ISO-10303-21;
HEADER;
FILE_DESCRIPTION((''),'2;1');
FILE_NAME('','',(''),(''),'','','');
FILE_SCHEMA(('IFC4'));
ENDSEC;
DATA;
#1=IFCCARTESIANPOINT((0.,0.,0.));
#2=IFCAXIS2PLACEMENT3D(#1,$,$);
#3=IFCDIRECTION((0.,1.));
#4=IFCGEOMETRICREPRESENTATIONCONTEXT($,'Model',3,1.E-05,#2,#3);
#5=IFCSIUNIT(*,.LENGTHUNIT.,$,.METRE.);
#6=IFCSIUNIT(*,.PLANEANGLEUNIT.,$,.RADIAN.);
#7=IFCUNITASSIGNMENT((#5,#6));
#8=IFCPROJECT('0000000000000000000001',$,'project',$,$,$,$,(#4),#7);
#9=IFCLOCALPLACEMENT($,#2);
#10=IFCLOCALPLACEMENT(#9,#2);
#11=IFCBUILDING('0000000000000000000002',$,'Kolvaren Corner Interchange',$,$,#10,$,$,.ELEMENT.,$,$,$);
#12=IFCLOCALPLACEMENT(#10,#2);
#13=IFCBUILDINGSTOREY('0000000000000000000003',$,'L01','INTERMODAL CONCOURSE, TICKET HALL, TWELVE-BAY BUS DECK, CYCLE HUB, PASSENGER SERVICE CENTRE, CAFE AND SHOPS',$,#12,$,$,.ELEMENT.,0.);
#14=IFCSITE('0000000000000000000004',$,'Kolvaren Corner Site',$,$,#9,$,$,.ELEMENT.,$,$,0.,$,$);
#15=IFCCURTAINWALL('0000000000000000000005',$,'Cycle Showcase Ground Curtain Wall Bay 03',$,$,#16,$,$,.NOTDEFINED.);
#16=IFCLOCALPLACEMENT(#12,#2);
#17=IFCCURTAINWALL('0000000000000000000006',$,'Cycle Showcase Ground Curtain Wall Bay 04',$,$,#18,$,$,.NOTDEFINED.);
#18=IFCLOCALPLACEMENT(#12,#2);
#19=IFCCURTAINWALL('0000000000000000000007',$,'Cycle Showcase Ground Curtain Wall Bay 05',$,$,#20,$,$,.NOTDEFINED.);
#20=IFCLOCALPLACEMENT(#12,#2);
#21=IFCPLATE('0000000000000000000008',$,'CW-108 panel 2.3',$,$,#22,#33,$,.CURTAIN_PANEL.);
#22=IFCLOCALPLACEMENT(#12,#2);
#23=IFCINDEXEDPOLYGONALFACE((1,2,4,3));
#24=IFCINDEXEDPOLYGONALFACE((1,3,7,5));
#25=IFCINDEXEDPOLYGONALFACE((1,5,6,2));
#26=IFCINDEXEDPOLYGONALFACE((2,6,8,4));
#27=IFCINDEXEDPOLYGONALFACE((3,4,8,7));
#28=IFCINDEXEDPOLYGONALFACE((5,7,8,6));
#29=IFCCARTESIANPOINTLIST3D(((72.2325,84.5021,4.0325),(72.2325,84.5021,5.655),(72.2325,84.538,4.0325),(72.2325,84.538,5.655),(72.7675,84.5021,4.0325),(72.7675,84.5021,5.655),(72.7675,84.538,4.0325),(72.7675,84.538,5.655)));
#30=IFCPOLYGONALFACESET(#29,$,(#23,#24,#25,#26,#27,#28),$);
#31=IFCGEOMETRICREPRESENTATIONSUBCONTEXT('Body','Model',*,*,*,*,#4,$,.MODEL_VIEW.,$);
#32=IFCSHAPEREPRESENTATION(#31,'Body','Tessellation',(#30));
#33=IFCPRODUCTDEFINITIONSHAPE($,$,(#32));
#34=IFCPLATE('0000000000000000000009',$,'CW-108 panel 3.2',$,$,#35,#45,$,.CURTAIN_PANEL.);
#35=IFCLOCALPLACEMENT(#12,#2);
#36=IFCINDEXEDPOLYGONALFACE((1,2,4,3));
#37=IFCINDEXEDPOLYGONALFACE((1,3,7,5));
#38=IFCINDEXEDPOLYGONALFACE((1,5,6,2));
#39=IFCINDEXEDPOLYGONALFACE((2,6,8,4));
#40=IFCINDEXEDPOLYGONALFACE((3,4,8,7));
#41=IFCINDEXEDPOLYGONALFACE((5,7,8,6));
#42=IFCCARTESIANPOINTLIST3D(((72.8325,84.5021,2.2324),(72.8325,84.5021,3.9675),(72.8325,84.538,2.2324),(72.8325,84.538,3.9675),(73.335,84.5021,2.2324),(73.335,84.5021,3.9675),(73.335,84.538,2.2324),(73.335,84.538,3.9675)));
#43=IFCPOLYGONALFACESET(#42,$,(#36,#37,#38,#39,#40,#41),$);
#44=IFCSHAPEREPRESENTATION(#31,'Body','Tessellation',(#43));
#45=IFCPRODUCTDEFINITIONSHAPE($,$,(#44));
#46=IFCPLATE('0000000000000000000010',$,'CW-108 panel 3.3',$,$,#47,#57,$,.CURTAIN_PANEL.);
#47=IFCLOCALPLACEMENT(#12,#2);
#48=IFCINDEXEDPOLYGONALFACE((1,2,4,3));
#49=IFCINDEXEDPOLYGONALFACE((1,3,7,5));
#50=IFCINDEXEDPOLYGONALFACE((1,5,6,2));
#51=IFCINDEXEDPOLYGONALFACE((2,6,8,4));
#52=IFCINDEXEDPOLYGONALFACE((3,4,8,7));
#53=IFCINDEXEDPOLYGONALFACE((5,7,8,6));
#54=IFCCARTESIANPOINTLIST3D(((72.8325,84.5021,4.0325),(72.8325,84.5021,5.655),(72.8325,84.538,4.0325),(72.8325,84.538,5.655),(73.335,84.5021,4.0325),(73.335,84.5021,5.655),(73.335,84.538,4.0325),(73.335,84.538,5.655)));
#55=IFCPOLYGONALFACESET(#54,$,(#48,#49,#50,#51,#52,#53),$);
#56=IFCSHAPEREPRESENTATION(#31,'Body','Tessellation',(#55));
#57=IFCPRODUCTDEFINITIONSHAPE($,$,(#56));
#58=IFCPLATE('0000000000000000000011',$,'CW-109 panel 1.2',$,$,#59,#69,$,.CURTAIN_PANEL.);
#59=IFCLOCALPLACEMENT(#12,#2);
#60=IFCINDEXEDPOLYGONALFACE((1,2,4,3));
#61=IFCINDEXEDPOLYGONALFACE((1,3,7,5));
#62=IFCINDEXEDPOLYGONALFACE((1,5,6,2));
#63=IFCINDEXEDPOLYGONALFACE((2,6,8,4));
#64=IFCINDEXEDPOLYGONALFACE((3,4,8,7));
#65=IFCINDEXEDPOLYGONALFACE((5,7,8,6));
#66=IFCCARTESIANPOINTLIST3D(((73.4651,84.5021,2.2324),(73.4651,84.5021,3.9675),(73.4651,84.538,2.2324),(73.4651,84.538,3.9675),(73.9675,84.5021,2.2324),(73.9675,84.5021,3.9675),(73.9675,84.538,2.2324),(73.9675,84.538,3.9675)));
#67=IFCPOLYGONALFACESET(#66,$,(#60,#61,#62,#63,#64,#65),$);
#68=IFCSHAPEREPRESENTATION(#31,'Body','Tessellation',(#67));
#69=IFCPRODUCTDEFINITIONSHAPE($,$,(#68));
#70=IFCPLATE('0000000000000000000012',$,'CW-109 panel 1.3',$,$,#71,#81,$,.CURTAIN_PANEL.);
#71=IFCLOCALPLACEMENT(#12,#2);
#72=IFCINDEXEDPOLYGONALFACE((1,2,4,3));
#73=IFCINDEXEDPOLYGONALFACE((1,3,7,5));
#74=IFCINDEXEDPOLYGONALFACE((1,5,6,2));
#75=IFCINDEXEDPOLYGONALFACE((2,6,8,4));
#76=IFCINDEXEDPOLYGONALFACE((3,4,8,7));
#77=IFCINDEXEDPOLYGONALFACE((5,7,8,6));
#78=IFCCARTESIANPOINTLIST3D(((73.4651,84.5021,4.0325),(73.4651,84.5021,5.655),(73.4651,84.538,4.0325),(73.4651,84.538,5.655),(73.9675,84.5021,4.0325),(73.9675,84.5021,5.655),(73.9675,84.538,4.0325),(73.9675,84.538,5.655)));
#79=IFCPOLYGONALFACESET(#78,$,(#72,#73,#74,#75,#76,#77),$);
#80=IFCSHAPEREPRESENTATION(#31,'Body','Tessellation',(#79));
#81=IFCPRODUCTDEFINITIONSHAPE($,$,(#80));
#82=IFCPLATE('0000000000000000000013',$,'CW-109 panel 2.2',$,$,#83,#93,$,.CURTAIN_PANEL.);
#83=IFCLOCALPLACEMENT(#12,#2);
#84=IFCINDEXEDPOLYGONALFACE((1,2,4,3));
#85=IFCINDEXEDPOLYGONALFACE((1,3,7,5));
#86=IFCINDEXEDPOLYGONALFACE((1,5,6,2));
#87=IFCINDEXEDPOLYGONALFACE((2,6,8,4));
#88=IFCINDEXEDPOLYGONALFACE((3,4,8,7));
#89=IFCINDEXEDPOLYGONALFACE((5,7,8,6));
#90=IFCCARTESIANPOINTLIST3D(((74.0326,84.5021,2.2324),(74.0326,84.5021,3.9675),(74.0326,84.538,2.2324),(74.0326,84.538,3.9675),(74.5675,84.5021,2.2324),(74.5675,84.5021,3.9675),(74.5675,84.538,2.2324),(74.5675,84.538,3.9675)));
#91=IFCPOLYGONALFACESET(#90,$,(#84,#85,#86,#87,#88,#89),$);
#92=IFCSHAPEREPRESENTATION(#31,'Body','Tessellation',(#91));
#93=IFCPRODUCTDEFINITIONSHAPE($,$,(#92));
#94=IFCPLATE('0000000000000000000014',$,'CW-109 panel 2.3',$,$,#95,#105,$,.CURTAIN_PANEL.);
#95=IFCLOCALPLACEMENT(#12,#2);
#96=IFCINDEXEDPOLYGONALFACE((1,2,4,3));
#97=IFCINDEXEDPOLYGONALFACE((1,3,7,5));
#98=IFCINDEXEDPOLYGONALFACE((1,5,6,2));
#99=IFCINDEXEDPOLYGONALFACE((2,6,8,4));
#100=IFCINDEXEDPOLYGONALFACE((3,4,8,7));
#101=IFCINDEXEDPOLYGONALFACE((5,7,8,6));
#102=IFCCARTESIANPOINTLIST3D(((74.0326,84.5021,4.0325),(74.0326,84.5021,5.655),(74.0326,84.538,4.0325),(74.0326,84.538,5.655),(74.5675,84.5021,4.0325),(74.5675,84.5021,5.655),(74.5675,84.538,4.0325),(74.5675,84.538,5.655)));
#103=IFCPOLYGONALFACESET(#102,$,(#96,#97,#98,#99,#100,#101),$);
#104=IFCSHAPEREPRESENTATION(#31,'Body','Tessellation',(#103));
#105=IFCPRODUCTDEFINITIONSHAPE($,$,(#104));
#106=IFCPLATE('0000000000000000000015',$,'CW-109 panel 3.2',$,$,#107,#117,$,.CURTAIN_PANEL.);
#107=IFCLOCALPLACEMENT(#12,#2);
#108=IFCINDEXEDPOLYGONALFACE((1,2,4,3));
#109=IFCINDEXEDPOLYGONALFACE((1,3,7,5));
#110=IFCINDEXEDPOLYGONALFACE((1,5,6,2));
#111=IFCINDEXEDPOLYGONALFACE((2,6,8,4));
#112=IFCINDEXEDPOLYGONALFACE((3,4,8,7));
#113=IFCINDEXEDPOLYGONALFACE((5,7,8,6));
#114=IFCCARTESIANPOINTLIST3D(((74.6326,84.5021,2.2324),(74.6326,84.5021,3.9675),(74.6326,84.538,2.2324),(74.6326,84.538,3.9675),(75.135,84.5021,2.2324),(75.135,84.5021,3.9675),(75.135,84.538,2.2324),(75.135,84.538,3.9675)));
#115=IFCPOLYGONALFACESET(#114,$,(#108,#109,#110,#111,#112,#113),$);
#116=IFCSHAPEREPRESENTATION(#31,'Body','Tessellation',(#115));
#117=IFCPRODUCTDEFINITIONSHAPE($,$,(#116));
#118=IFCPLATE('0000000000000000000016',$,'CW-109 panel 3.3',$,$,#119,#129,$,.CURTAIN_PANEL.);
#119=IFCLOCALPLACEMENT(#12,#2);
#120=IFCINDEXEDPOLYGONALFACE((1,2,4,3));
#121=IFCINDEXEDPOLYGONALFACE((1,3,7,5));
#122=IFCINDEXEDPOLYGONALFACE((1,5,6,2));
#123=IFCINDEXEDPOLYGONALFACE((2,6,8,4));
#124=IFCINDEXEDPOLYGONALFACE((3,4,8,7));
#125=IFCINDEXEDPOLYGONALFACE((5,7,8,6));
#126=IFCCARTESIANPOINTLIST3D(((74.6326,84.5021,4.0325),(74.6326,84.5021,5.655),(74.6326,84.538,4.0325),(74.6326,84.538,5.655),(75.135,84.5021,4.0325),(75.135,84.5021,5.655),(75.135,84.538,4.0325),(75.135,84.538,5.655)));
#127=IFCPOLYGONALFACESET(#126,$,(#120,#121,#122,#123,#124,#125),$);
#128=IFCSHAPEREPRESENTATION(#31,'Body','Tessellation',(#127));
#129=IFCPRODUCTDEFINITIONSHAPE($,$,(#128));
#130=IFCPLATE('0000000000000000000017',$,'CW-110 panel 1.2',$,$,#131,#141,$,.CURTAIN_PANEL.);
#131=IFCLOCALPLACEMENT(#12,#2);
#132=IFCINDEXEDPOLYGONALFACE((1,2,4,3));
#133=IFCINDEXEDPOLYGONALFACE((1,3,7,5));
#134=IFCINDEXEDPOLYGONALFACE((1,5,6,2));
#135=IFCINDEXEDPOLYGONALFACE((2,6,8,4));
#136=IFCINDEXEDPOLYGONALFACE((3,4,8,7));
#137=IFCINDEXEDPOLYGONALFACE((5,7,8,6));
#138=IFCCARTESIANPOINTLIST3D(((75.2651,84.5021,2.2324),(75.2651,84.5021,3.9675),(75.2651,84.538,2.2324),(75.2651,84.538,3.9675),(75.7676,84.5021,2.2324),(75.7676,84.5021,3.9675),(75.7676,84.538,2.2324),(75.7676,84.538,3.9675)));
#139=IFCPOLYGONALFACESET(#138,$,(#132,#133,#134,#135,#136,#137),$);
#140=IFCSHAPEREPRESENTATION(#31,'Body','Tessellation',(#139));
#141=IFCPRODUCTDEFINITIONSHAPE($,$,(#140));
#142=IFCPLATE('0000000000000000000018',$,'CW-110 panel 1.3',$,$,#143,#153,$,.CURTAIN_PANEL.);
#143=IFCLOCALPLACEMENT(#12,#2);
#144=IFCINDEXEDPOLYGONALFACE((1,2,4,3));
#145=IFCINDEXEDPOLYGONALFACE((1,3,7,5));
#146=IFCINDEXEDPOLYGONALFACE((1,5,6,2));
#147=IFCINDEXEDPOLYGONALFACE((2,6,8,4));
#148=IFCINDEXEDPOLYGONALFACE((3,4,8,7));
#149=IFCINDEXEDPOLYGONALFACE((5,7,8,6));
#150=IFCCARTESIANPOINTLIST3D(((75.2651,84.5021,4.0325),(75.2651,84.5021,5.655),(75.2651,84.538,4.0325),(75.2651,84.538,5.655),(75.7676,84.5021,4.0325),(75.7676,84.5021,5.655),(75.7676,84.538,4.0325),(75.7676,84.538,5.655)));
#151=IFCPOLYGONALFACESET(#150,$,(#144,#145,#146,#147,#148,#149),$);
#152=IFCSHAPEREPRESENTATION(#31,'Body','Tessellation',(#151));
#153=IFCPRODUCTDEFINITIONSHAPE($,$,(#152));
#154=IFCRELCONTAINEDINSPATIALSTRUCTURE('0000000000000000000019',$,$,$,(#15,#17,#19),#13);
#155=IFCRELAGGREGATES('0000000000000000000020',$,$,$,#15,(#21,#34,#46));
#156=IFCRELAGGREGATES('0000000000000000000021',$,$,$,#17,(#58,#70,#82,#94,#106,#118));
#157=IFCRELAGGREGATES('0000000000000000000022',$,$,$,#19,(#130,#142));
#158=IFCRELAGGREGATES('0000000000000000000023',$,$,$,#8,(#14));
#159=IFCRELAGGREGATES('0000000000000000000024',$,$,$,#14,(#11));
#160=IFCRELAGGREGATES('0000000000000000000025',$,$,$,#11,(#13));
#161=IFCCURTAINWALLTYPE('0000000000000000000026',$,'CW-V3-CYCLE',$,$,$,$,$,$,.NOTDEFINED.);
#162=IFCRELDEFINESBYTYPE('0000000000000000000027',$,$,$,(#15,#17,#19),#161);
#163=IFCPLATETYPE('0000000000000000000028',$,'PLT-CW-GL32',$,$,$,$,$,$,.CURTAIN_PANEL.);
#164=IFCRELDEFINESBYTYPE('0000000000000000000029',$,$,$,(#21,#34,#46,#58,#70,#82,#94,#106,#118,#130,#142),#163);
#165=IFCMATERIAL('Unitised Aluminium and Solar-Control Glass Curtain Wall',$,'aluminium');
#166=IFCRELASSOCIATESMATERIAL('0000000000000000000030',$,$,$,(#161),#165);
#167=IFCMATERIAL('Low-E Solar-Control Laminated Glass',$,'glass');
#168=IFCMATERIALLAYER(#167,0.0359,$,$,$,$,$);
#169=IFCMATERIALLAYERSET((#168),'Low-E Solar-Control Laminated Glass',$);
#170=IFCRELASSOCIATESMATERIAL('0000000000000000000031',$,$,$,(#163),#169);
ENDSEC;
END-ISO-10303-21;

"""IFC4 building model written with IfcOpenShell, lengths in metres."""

from ifc_helpers import new_model, si_unit, direction, frame, origin, origin_2d, place, context, subcontext, project, spatial, rectangle, extrude, material, layer, layer_set, type_object, element, aggregate, save


model = new_model("IFC4")

# Units and contexts
model_context = context("Model", 3, precision=1e-05, world=origin(), true_north=direction((0.0, 1.0)))
body_context = subcontext(model_context, "Body", "Model", "MODEL_VIEW")
ifc_project = project(units=[si_unit("LENGTHUNIT", "METRE"), si_unit("PLANEANGLEUNIT", "RADIAN")], contexts=[model_context])

# Site, building, storey
site_placement = place(None, origin())
site = spatial("IfcSite", under=ifc_project, at=site_placement, Name="Kolvaren Corner Site", CompositionType="ELEMENT", RefElevation=0.0)
building_placement = place(site_placement, origin())
building = spatial("IfcBuilding", under=site, at=building_placement, Name="Kolvaren Corner Interchange", CompositionType="ELEMENT")
storey_placement = place(building_placement, origin())
storey = spatial("IfcBuildingStorey", under=building, at=storey_placement, Name="L01", Description="INTERMODAL CONCOURSE, TICKET HALL, TWELVE-BAY BUS DECK, CYCLE HUB, PASSENGER SERVICE CENTRE, CAFE AND SHOPS", CompositionType="ELEMENT", Elevation=0.0)

# Curtain walls
ifc_material_1 = material(Name="Unitised Aluminium and Solar-Control Glass Curtain Wall", Category="aluminium")
curtain_wall_type = type_object("IfcCurtainWallType", Name="CW-V3-CYCLE", PredefinedType="NOTDEFINED", material=ifc_material_1)
curtain_wall_1_placement = place(storey_placement, origin())
curtain_wall_1 = element("IfcCurtainWall", 1, at=curtain_wall_1_placement, inside=storey, type_object=curtain_wall_type, Name="Cycle Showcase Ground Curtain Wall Bay 03", PredefinedType="NOTDEFINED")
curtain_wall_2_placement = place(storey_placement, origin())
curtain_wall_2 = element("IfcCurtainWall", 2, at=curtain_wall_2_placement, inside=storey, type_object=curtain_wall_type, Name="Cycle Showcase Ground Curtain Wall Bay 04", PredefinedType="NOTDEFINED")
curtain_wall_3_placement = place(storey_placement, origin())
curtain_wall_3 = element("IfcCurtainWall", 3, at=curtain_wall_3_placement, inside=storey, type_object=curtain_wall_type, Name="Cycle Showcase Ground Curtain Wall Bay 05", PredefinedType="NOTDEFINED")

# Plates
ifc_material_2 = material(Name="Low-E Solar-Control Laminated Glass", Category="glass")
ifc_layer = layer(ifc_material_2, 0.0359)
ifc_layer_set = layer_set([ifc_layer], Name="Low-E Solar-Control Laminated Glass")
plate_type = type_object("IfcPlateType", Name="PLT-CW-GL32", PredefinedType="CURTAIN_PANEL", material=ifc_layer_set)
plate_1_placement = place(storey_placement, frame((72.5, 84.52, 4.0325), z_axis=(0.0, 0.0, 1.0), x_axis=(1.0, 0.0, 0.0)))
plate_1 = element("IfcPlate", 4, at=plate_1_placement, type_object=plate_type, Name="CW-108 panel 2.3", PredefinedType="CURTAIN_PANEL", context=body_context, shape_type="SweptSolid", body=[
    extrude(rectangle(XDim=0.5349, YDim=0.0359, at=origin_2d()), origin(), (0.0, 0.0, 1.0), 1.6226),
])
plate_2_placement = place(storey_placement, frame((73.0837, 84.52, 2.2324), z_axis=(0.0, 0.0, 1.0), x_axis=(1.0, 0.0, 0.0)))
plate_2 = element("IfcPlate", 5, at=plate_2_placement, type_object=plate_type, Name="CW-108 panel 3.2", PredefinedType="CURTAIN_PANEL", context=body_context, shape_type="SweptSolid", body=[
    extrude(rectangle(XDim=0.5024, YDim=0.0359, at=origin_2d()), origin(), (0.0, 0.0, 1.0), 1.7351),
])
plate_3_placement = place(storey_placement, frame((73.0837, 84.52, 4.0325), z_axis=(0.0, 0.0, 1.0), x_axis=(1.0, 0.0, 0.0)))
plate_3 = element("IfcPlate", 6, at=plate_3_placement, type_object=plate_type, Name="CW-108 panel 3.3", PredefinedType="CURTAIN_PANEL", context=body_context, shape_type="SweptSolid", body=[
    extrude(rectangle(XDim=0.5024, YDim=0.0359, at=origin_2d()), origin(), (0.0, 0.0, 1.0), 1.6226),
])
aggregate(curtain_wall_1, [plate_1, plate_2, plate_3])
plate_4_placement = place(storey_placement, frame((73.7163, 84.52, 2.2324), z_axis=(0.0, 0.0, 1.0), x_axis=(1.0, 0.0, 0.0)))
plate_4 = element("IfcPlate", 7, at=plate_4_placement, type_object=plate_type, Name="CW-109 panel 1.2", PredefinedType="CURTAIN_PANEL", context=body_context, shape_type="SweptSolid", body=[
    extrude(rectangle(XDim=0.5024, YDim=0.0359, at=origin_2d()), origin(), (0.0, 0.0, 1.0), 1.7351),
])
plate_5_placement = place(storey_placement, frame((73.7163, 84.52, 4.0325), z_axis=(0.0, 0.0, 1.0), x_axis=(1.0, 0.0, 0.0)))
plate_5 = element("IfcPlate", 8, at=plate_5_placement, type_object=plate_type, Name="CW-109 panel 1.3", PredefinedType="CURTAIN_PANEL", context=body_context, shape_type="SweptSolid", body=[
    extrude(rectangle(XDim=0.5024, YDim=0.0359, at=origin_2d()), origin(), (0.0, 0.0, 1.0), 1.6226),
])
plate_6_placement = place(storey_placement, frame((74.3, 84.52, 2.2324), z_axis=(0.0, 0.0, 1.0), x_axis=(1.0, 0.0, 0.0)))
plate_6 = element("IfcPlate", 9, at=plate_6_placement, type_object=plate_type, Name="CW-109 panel 2.2", PredefinedType="CURTAIN_PANEL", context=body_context, shape_type="SweptSolid", body=[
    extrude(rectangle(XDim=0.5349, YDim=0.0359, at=origin_2d()), origin(), (0.0, 0.0, 1.0), 1.7351),
])
plate_7_placement = place(storey_placement, frame((74.3, 84.52, 4.0325), z_axis=(0.0, 0.0, 1.0), x_axis=(1.0, 0.0, 0.0)))
plate_7 = element("IfcPlate", 10, at=plate_7_placement, type_object=plate_type, Name="CW-109 panel 2.3", PredefinedType="CURTAIN_PANEL", context=body_context, shape_type="SweptSolid", body=[
    extrude(rectangle(XDim=0.5349, YDim=0.0359, at=origin_2d()), origin(), (0.0, 0.0, 1.0), 1.6226),
])
plate_8_placement = place(storey_placement, frame((74.8838, 84.52, 2.2324), z_axis=(0.0, 0.0, 1.0), x_axis=(1.0, 0.0, 0.0)))
plate_8 = element("IfcPlate", 11, at=plate_8_placement, type_object=plate_type, Name="CW-109 panel 3.2", PredefinedType="CURTAIN_PANEL", context=body_context, shape_type="SweptSolid", body=[
    extrude(rectangle(XDim=0.5024, YDim=0.0359, at=origin_2d()), origin(), (0.0, 0.0, 1.0), 1.7351),
])
plate_9_placement = place(storey_placement, frame((74.8838, 84.52, 4.0325), z_axis=(0.0, 0.0, 1.0), x_axis=(1.0, 0.0, 0.0)))
plate_9 = element("IfcPlate", 12, at=plate_9_placement, type_object=plate_type, Name="CW-109 panel 3.3", PredefinedType="CURTAIN_PANEL", context=body_context, shape_type="SweptSolid", body=[
    extrude(rectangle(XDim=0.5024, YDim=0.0359, at=origin_2d()), origin(), (0.0, 0.0, 1.0), 1.6226),
])
aggregate(curtain_wall_2, [plate_4, plate_5, plate_6, plate_7, plate_8, plate_9])
plate_10_placement = place(storey_placement, frame((75.5164, 84.52, 2.2324), z_axis=(0.0, 0.0, 1.0), x_axis=(1.0, 0.0, 0.0)))
plate_10 = element("IfcPlate", 13, at=plate_10_placement, type_object=plate_type, Name="CW-110 panel 1.2", PredefinedType="CURTAIN_PANEL", context=body_context, shape_type="SweptSolid", body=[
    extrude(rectangle(XDim=0.5024, YDim=0.0359, at=origin_2d()), origin(), (0.0, 0.0, 1.0), 1.7351),
])
plate_11_placement = place(storey_placement, frame((75.5164, 84.52, 4.0325), z_axis=(0.0, 0.0, 1.0), x_axis=(1.0, 0.0, 0.0)))
plate_11 = element("IfcPlate", 14, at=plate_11_placement, type_object=plate_type, Name="CW-110 panel 1.3", PredefinedType="CURTAIN_PANEL", context=body_context, shape_type="SweptSolid", body=[
    extrude(rectangle(XDim=0.5024, YDim=0.0359, at=origin_2d()), origin(), (0.0, 0.0, 1.0), 1.6226),
])
aggregate(curtain_wall_3, [plate_10, plate_11])

save(model, "model.ifc")
